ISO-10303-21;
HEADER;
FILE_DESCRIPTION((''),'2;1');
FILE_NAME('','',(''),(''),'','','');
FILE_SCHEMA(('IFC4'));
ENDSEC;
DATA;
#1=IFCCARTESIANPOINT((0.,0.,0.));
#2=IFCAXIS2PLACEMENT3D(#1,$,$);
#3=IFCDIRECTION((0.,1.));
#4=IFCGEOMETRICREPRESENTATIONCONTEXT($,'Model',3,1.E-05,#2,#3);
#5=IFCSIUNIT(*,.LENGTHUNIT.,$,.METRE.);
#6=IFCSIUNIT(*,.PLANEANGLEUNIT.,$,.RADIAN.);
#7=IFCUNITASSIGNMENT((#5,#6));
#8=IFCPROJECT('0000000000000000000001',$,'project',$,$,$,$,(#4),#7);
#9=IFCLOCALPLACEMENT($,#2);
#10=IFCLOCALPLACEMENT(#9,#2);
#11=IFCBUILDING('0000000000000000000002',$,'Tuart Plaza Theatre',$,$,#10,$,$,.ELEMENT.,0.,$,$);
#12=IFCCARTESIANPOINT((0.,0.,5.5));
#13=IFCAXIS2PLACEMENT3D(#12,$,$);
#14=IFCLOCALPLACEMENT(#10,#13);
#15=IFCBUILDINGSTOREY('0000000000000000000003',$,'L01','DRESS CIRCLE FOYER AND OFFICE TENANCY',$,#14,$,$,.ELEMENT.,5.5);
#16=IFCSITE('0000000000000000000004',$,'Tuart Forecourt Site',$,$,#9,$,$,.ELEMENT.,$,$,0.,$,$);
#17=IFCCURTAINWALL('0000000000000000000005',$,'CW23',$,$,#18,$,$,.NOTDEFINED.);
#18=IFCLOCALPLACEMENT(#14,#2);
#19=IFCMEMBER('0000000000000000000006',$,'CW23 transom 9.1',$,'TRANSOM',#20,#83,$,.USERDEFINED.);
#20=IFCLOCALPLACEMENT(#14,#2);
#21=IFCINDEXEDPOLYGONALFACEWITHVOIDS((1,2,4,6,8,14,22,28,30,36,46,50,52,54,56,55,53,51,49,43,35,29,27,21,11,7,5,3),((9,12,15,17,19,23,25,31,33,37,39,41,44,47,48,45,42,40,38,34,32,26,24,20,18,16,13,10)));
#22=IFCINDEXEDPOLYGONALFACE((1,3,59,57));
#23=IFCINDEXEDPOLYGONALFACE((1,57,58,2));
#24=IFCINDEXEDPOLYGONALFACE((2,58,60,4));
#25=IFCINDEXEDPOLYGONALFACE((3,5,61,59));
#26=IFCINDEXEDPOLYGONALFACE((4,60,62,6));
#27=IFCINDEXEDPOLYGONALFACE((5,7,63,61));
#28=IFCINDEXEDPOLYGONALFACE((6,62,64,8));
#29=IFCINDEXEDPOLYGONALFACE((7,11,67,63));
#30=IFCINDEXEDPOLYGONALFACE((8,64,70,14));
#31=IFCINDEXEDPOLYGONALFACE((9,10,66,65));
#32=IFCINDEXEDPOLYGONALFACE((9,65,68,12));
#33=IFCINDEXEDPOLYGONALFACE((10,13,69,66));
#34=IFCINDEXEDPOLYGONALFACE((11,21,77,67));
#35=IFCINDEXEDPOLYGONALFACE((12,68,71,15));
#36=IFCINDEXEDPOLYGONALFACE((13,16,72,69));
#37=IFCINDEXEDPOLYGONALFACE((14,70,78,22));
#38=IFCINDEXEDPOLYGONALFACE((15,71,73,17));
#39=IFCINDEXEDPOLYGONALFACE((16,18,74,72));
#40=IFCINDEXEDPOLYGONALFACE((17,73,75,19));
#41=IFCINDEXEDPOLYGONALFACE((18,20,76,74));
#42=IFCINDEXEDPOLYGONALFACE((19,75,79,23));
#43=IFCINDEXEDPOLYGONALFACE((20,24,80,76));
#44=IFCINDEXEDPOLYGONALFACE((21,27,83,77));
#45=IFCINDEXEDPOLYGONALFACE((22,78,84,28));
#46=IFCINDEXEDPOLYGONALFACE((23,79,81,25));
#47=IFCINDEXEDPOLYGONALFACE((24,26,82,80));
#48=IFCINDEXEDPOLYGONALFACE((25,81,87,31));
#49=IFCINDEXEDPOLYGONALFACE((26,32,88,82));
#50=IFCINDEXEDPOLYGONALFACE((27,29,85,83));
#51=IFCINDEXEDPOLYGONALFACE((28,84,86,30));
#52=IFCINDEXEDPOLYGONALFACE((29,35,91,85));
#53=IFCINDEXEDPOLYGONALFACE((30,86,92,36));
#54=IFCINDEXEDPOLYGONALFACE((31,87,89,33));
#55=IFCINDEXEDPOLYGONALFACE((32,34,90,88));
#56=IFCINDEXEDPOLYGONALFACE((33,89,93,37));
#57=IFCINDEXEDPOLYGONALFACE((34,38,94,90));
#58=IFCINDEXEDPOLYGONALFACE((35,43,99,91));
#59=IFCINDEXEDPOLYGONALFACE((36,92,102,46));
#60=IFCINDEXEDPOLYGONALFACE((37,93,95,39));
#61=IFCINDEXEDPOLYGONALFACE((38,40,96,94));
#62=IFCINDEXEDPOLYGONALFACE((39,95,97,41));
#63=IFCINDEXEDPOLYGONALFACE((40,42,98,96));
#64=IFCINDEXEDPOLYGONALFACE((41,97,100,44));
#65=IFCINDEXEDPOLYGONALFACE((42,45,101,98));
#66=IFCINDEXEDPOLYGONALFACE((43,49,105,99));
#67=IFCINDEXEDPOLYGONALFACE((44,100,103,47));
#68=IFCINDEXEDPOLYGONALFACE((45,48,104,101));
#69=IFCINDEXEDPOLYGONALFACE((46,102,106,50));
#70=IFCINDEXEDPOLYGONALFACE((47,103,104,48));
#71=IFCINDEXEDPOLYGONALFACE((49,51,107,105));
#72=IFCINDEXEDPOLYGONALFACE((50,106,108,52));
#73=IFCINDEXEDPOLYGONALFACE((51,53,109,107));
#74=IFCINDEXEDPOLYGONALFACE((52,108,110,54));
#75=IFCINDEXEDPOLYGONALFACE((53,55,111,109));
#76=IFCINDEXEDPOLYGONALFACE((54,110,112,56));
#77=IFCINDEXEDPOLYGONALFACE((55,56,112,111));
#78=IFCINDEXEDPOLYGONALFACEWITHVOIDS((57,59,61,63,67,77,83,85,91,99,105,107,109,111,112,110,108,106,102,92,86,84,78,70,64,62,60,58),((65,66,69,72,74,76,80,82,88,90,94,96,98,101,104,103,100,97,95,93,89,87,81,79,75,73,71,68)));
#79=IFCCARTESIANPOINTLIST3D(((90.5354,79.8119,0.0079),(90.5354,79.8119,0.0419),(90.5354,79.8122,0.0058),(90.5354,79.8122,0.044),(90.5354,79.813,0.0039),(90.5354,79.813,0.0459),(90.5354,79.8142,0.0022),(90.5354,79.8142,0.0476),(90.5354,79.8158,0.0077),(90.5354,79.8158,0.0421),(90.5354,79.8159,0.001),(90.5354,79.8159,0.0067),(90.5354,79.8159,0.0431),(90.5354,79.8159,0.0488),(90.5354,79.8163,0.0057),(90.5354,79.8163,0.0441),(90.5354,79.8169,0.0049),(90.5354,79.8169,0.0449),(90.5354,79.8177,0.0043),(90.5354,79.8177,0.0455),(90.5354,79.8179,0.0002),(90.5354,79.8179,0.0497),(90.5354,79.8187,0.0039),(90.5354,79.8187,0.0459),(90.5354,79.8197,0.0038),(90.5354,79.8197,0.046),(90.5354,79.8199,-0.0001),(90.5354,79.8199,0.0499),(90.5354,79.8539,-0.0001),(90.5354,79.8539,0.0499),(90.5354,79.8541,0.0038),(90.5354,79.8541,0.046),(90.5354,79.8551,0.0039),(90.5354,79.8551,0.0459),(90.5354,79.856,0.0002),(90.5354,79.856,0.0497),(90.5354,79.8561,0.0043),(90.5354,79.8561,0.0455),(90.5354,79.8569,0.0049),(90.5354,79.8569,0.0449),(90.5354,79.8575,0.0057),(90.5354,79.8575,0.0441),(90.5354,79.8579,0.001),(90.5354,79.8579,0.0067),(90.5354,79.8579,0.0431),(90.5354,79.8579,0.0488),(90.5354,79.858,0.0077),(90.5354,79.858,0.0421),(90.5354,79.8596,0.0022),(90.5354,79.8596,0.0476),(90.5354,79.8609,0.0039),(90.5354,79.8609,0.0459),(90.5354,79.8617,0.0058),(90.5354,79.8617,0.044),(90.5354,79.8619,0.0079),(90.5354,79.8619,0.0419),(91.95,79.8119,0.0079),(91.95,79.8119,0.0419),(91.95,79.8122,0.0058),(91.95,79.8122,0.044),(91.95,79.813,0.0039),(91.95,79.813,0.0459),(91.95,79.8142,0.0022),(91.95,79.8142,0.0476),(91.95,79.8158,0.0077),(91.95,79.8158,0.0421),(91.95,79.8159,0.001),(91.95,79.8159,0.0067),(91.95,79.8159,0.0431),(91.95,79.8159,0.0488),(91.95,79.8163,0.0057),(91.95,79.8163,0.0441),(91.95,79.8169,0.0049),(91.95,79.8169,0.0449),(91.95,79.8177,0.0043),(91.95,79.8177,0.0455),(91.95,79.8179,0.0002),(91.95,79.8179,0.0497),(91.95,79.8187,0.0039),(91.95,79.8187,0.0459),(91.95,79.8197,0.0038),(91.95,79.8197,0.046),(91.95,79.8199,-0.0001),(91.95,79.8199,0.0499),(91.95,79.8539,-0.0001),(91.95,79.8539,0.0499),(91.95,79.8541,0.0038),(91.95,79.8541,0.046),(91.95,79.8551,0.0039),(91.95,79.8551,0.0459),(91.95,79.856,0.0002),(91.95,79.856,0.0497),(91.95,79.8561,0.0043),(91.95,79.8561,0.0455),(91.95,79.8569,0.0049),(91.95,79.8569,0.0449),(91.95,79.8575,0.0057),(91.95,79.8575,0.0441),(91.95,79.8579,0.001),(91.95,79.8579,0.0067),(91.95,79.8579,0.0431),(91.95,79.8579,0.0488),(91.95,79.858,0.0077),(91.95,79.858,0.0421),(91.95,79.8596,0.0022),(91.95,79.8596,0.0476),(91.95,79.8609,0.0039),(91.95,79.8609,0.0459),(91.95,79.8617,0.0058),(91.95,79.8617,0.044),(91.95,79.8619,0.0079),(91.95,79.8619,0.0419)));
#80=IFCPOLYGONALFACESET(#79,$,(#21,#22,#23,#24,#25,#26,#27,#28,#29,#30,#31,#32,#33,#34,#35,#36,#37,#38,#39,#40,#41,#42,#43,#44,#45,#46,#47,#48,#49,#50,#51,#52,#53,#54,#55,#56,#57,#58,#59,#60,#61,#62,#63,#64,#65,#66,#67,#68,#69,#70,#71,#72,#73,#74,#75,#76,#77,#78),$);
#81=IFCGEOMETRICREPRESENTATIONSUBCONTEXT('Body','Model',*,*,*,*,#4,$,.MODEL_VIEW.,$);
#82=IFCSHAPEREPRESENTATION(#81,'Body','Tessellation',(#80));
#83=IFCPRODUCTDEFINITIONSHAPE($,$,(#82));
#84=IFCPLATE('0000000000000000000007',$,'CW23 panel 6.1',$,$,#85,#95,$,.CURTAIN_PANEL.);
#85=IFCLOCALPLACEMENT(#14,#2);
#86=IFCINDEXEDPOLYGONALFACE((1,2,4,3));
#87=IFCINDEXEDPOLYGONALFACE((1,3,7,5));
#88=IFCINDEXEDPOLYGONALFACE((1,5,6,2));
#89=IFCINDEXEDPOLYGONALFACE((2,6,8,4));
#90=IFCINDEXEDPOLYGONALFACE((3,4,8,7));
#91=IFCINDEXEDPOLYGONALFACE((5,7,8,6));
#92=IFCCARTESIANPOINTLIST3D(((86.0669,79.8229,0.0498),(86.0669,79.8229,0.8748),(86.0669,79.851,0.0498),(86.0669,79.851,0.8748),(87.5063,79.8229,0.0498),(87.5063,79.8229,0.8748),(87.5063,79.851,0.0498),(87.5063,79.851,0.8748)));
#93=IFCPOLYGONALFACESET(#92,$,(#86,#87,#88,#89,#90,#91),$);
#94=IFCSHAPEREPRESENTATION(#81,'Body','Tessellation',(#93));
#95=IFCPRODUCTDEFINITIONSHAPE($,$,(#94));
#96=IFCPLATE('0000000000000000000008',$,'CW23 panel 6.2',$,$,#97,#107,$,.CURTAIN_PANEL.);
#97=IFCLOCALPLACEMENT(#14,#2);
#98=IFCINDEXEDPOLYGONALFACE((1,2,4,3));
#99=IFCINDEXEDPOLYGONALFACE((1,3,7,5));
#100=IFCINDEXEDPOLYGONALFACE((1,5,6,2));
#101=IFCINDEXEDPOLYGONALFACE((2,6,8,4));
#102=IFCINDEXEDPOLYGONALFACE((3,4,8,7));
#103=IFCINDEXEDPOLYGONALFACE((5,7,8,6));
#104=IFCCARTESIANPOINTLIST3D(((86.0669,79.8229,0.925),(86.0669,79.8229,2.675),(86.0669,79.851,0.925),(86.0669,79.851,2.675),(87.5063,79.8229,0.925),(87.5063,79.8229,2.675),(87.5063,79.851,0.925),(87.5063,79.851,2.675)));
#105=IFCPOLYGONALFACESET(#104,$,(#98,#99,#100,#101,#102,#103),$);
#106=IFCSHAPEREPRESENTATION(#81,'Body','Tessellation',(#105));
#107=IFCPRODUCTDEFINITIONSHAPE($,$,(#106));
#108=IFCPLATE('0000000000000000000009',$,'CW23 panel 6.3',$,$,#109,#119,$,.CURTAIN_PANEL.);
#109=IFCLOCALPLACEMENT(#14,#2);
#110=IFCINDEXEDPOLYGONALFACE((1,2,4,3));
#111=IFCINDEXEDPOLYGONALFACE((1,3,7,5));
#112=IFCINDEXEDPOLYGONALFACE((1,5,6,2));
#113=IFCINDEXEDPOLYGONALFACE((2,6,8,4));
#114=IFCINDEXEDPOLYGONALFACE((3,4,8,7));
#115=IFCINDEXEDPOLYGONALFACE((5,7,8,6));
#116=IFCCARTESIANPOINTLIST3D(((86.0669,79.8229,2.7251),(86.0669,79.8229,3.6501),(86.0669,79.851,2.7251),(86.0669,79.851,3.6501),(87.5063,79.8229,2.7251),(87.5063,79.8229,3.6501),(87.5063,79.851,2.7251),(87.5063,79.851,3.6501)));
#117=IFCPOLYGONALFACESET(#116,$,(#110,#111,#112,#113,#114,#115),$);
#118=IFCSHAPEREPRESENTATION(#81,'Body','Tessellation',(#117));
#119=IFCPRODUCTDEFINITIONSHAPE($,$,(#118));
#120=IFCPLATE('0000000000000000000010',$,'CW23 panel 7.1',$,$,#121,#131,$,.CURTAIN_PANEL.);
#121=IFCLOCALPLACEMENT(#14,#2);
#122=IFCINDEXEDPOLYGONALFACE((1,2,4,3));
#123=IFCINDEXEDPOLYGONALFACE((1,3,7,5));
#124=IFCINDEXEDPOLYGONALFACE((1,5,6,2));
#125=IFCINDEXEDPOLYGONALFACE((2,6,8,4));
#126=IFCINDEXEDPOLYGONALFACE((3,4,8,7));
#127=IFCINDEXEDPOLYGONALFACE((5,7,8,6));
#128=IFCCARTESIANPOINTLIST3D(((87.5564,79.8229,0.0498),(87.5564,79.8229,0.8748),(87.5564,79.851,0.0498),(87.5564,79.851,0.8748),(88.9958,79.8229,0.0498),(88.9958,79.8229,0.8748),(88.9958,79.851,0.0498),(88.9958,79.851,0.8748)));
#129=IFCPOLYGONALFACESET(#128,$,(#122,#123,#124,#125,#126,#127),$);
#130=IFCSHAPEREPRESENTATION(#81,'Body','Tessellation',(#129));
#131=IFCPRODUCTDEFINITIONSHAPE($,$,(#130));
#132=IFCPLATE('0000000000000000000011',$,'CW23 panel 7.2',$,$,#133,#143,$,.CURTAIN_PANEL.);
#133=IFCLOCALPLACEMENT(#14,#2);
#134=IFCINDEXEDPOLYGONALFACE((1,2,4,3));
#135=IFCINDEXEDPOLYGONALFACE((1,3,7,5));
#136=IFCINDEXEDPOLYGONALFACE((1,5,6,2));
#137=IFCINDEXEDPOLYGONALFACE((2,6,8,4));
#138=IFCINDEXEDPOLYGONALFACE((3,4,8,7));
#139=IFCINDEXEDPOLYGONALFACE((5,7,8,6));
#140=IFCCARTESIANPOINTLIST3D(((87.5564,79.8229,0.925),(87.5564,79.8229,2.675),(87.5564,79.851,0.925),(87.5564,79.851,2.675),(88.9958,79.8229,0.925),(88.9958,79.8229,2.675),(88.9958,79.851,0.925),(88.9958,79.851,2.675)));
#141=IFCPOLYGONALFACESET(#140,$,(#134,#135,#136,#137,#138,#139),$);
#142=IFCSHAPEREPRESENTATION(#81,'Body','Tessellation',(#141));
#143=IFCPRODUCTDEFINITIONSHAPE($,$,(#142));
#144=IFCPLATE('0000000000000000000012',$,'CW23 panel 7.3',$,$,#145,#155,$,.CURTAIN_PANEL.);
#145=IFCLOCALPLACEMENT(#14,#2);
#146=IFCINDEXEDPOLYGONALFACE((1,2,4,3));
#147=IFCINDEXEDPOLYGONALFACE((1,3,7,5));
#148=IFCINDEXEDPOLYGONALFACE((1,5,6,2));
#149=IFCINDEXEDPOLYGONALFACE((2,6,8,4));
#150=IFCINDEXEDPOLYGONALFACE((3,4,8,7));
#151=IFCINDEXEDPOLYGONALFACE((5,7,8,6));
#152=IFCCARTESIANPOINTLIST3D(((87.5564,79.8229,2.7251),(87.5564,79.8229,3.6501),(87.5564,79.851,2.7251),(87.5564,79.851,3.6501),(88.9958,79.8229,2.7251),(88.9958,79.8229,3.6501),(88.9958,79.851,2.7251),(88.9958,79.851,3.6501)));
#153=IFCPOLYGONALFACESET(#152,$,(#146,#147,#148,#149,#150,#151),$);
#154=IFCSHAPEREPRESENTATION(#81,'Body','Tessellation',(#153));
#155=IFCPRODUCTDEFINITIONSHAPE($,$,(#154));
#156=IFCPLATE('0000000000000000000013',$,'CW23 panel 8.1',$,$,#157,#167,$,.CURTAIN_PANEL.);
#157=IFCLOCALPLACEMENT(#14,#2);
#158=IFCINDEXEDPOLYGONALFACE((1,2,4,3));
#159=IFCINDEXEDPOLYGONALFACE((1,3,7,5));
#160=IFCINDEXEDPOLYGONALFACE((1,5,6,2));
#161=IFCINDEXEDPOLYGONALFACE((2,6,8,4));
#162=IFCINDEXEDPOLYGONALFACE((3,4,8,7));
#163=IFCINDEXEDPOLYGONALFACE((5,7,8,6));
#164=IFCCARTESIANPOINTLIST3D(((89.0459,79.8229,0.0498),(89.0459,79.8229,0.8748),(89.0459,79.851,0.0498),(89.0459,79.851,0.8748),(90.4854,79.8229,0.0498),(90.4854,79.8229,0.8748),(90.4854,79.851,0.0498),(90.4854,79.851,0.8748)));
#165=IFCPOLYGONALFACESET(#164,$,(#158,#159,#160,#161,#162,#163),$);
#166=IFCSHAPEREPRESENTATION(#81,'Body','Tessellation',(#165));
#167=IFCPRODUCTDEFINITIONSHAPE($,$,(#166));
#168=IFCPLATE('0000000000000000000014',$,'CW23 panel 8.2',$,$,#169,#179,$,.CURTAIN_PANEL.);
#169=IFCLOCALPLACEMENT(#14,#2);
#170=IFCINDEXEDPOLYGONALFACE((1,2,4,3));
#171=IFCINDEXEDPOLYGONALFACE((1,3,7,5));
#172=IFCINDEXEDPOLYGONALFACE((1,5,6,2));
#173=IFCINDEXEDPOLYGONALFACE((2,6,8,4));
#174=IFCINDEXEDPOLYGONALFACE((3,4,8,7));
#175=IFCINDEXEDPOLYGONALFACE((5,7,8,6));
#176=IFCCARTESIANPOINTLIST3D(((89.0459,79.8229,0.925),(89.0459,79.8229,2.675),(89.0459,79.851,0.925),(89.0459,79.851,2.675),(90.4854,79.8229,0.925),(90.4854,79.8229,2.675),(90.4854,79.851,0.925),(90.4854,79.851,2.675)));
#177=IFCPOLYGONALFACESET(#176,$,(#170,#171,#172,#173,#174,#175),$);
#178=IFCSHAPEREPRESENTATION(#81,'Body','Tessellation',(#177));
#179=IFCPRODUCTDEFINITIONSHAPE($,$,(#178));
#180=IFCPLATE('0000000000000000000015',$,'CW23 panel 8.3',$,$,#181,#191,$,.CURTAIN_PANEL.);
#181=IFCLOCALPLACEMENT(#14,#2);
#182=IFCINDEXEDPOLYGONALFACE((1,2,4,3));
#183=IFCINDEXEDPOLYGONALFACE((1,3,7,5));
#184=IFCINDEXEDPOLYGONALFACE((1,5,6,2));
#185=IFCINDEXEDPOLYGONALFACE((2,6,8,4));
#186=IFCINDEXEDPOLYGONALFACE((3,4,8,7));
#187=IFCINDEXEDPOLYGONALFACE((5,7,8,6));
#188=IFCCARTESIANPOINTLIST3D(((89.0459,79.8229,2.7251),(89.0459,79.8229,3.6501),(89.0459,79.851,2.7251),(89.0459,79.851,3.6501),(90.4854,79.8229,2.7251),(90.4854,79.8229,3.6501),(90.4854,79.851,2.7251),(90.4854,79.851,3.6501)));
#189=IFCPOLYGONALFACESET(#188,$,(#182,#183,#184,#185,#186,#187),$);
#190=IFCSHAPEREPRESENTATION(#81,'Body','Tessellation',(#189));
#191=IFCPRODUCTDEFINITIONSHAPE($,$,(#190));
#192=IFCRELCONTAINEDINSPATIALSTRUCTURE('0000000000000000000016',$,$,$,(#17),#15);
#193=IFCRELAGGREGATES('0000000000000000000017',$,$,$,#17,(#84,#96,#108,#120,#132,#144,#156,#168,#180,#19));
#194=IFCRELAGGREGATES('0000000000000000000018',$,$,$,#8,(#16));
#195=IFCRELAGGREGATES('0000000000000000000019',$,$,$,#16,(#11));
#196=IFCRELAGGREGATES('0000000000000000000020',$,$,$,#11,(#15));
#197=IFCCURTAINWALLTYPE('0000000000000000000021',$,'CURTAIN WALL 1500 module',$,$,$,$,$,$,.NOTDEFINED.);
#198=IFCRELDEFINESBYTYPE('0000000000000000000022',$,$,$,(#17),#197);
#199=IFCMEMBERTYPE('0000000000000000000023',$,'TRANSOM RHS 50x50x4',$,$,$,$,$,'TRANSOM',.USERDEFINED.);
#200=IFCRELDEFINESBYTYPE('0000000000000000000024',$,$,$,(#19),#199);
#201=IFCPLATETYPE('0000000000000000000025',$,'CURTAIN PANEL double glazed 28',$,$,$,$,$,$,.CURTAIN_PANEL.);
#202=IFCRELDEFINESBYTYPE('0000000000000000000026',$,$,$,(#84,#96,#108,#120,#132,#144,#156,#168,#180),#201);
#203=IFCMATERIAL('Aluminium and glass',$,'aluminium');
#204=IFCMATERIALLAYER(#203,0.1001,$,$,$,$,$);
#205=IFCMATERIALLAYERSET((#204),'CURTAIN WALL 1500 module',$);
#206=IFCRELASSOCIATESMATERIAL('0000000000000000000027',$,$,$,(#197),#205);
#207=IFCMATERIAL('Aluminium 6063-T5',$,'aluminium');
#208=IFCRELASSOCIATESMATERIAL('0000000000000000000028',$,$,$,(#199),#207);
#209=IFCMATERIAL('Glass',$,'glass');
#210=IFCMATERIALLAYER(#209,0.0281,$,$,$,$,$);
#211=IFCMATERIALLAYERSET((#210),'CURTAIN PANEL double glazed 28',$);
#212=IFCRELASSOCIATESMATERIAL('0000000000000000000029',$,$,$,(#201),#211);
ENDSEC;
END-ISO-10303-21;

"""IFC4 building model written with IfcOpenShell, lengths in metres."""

from ifc_helpers import new_model, si_unit, direction, frame, origin, origin_2d, place, context, subcontext, project, spatial, rectangle, hollow_rectangle, extrude, material, layer, layer_set, material_profile, profile_set, type_object, element, aggregate, save


model = new_model("IFC4")

# Units and contexts
model_context = context("Model", 3, precision=1e-05, world=origin(), true_north=direction((0.0, 1.0)))
body_context = subcontext(model_context, "Body", "Model", "MODEL_VIEW")
ifc_project = project(units=[si_unit("LENGTHUNIT", "METRE"), si_unit("PLANEANGLEUNIT", "RADIAN")], contexts=[model_context])

# Site, building, storey
site_placement = place(None, origin())
site = spatial("IfcSite", under=ifc_project, at=site_placement, Name="Tuart Forecourt Site", CompositionType="ELEMENT", RefElevation=0.0)
building_placement = place(site_placement, origin())
building = spatial("IfcBuilding", under=site, at=building_placement, Name="Tuart Plaza Theatre", CompositionType="ELEMENT", ElevationOfRefHeight=0.0)
storey_placement = place(building_placement, frame((0.0, 0.0, 5.5)))
storey = spatial("IfcBuildingStorey", under=building, at=storey_placement, Name="L01", Description="DRESS CIRCLE FOYER AND OFFICE TENANCY", CompositionType="ELEMENT", Elevation=5.5)

# Curtain wall, member, plates
ifc_material_1 = material(Name="Aluminium and glass", Category="aluminium")
ifc_layer_1 = layer(ifc_material_1, 0.1001)
ifc_layer_set_1 = layer_set([ifc_layer_1], Name="CURTAIN WALL 1500 module")
curtain_wall_type = type_object("IfcCurtainWallType", Name="CURTAIN WALL 1500 module", PredefinedType="NOTDEFINED", material=ifc_layer_set_1)
curtain_wall_placement = place(storey_placement, origin())
curtain_wall = element("IfcCurtainWall", 1, at=curtain_wall_placement, inside=storey, type_object=curtain_wall_type, Name="CW23", PredefinedType="NOTDEFINED")
ifc_material_2 = material(Name="Aluminium 6063-T5", Category="aluminium")
ifc_material_profile_1 = material_profile(ifc_material_2, hollow_rectangle(XDim=0.05, YDim=0.05, WallThickness=0.0039, InnerFilletRadius=0.0039, OuterFilletRadius=0.0081, at=origin_2d()), Name="RHS 50x50x4")
ifc_profile_set_1 = profile_set([ifc_material_profile_1], Name="Aluminium 6063-T5")
member_type_1 = type_object("IfcMemberType", Name="TRANSOM RHS 50x50x4", ElementType="TRANSOM", PredefinedType="USERDEFINED", material=ifc_profile_set_1)
member_1_placement = place(storey_placement, frame((90.5354, 79.8369, 0.0249), z_axis=(1.0, 0.0, 0.0), x_axis=(0.0, 1.0, 0.0)))
member_1 = element("IfcMember", 2, at=member_1_placement, type_object=member_type_1, Name="CW23 transom 9.1", ObjectType="TRANSOM", PredefinedType="USERDEFINED", context=body_context, shape_type="SweptSolid", body=[
    extrude(hollow_rectangle(XDim=0.05, YDim=0.05, WallThickness=0.0039, InnerFilletRadius=0.0039, OuterFilletRadius=0.0081, at=origin_2d()), origin(), (0.0, 0.0, 1.0), 1.4146),
])
ifc_material_3 = material(Name="Glass", Category="glass")
ifc_layer_2 = layer(ifc_material_3, 0.0281)
ifc_layer_set_2 = layer_set([ifc_layer_2], Name="CURTAIN PANEL double glazed 28")
plate_type = type_object("IfcPlateType", Name="CURTAIN PANEL double glazed 28", PredefinedType="CURTAIN_PANEL", material=ifc_layer_set_2)
plate_1_placement = place(storey_placement, frame((86.7866, 79.8369, 0.0498), z_axis=(0.0, 0.0, 1.0), x_axis=(1.0, 0.0, 0.0)))
plate_1 = element("IfcPlate", 3, at=plate_1_placement, type_object=plate_type, Name="CW23 panel 6.1", PredefinedType="CURTAIN_PANEL", context=body_context, shape_type="SweptSolid", body=[
    extrude(rectangle(XDim=1.4395, YDim=0.0281, at=origin_2d()), origin(), (0.0, 0.0, 1.0), 0.825),
])
plate_2_placement = place(storey_placement, frame((86.7866, 79.8369, 0.925), z_axis=(0.0, 0.0, 1.0), x_axis=(1.0, 0.0, 0.0)))
plate_2 = element("IfcPlate", 4, at=plate_2_placement, type_object=plate_type, Name="CW23 panel 6.2", PredefinedType="CURTAIN_PANEL", context=body_context, shape_type="SweptSolid", body=[
    extrude(rectangle(XDim=1.4395, YDim=0.0281, at=origin_2d()), origin(), (0.0, 0.0, 1.0), 1.75),
])
plate_3_placement = place(storey_placement, frame((86.7866, 79.8369, 2.7251), z_axis=(0.0, 0.0, 1.0), x_axis=(1.0, 0.0, 0.0)))
plate_3 = element("IfcPlate", 5, at=plate_3_placement, type_object=plate_type, Name="CW23 panel 6.3", PredefinedType="CURTAIN_PANEL", context=body_context, shape_type="SweptSolid", body=[
    extrude(rectangle(XDim=1.4395, YDim=0.0281, at=origin_2d()), origin(), (0.0, 0.0, 1.0), 0.925),
])
plate_4_placement = place(storey_placement, frame((88.2761, 79.8369, 0.0498), z_axis=(0.0, 0.0, 1.0), x_axis=(1.0, 0.0, 0.0)))
plate_4 = element("IfcPlate", 6, at=plate_4_placement, type_object=plate_type, Name="CW23 panel 7.1", PredefinedType="CURTAIN_PANEL", context=body_context, shape_type="SweptSolid", body=[
    extrude(rectangle(XDim=1.4395, YDim=0.0281, at=origin_2d()), origin(), (0.0, 0.0, 1.0), 0.825),
])
plate_5_placement = place(storey_placement, frame((88.2761, 79.8369, 0.925), z_axis=(0.0, 0.0, 1.0), x_axis=(1.0, 0.0, 0.0)))
plate_5 = element("IfcPlate", 7, at=plate_5_placement, type_object=plate_type, Name="CW23 panel 7.2", PredefinedType="CURTAIN_PANEL", context=body_context, shape_type="SweptSolid", body=[
    extrude(rectangle(XDim=1.4395, YDim=0.0281, at=origin_2d()), origin(), (0.0, 0.0, 1.0), 1.75),
])
plate_6_placement = place(storey_placement, frame((88.2761, 79.8369, 2.7251), z_axis=(0.0, 0.0, 1.0), x_axis=(1.0, 0.0, 0.0)))
plate_6 = element("IfcPlate", 8, at=plate_6_placement, type_object=plate_type, Name="CW23 panel 7.3", PredefinedType="CURTAIN_PANEL", context=body_context, shape_type="SweptSolid", body=[
    extrude(rectangle(XDim=1.4395, YDim=0.0281, at=origin_2d()), origin(), (0.0, 0.0, 1.0), 0.925),
])
plate_7_placement = place(storey_placement, frame((89.7656, 79.8369, 0.0498), z_axis=(0.0, 0.0, 1.0), x_axis=(1.0, 0.0, 0.0)))
plate_7 = element("IfcPlate", 9, at=plate_7_placement, type_object=plate_type, Name="CW23 panel 8.1", PredefinedType="CURTAIN_PANEL", context=body_context, shape_type="SweptSolid", body=[
    extrude(rectangle(XDim=1.4395, YDim=0.0281, at=origin_2d()), origin(), (0.0, 0.0, 1.0), 0.825),
])
plate_8_placement = place(storey_placement, frame((89.7656, 79.8369, 0.925), z_axis=(0.0, 0.0, 1.0), x_axis=(1.0, 0.0, 0.0)))
plate_8 = element("IfcPlate", 10, at=plate_8_placement, type_object=plate_type, Name="CW23 panel 8.2", PredefinedType="CURTAIN_PANEL", context=body_context, shape_type="SweptSolid", body=[
    extrude(rectangle(XDim=1.4395, YDim=0.0281, at=origin_2d()), origin(), (0.0, 0.0, 1.0), 1.75),
])
plate_9_placement = place(storey_placement, frame((89.7656, 79.8369, 2.7251), z_axis=(0.0, 0.0, 1.0), x_axis=(1.0, 0.0, 0.0)))
plate_9 = element("IfcPlate", 11, at=plate_9_placement, type_object=plate_type, Name="CW23 panel 8.3", PredefinedType="CURTAIN_PANEL", context=body_context, shape_type="SweptSolid", body=[
    extrude(rectangle(XDim=1.4395, YDim=0.0281, at=origin_2d()), origin(), (0.0, 0.0, 1.0), 0.925),
])
aggregate(curtain_wall, [plate_1, plate_2, plate_3, plate_4, plate_5, plate_6, plate_7, plate_8, plate_9, member_1])

save(model, "model.ifc")
